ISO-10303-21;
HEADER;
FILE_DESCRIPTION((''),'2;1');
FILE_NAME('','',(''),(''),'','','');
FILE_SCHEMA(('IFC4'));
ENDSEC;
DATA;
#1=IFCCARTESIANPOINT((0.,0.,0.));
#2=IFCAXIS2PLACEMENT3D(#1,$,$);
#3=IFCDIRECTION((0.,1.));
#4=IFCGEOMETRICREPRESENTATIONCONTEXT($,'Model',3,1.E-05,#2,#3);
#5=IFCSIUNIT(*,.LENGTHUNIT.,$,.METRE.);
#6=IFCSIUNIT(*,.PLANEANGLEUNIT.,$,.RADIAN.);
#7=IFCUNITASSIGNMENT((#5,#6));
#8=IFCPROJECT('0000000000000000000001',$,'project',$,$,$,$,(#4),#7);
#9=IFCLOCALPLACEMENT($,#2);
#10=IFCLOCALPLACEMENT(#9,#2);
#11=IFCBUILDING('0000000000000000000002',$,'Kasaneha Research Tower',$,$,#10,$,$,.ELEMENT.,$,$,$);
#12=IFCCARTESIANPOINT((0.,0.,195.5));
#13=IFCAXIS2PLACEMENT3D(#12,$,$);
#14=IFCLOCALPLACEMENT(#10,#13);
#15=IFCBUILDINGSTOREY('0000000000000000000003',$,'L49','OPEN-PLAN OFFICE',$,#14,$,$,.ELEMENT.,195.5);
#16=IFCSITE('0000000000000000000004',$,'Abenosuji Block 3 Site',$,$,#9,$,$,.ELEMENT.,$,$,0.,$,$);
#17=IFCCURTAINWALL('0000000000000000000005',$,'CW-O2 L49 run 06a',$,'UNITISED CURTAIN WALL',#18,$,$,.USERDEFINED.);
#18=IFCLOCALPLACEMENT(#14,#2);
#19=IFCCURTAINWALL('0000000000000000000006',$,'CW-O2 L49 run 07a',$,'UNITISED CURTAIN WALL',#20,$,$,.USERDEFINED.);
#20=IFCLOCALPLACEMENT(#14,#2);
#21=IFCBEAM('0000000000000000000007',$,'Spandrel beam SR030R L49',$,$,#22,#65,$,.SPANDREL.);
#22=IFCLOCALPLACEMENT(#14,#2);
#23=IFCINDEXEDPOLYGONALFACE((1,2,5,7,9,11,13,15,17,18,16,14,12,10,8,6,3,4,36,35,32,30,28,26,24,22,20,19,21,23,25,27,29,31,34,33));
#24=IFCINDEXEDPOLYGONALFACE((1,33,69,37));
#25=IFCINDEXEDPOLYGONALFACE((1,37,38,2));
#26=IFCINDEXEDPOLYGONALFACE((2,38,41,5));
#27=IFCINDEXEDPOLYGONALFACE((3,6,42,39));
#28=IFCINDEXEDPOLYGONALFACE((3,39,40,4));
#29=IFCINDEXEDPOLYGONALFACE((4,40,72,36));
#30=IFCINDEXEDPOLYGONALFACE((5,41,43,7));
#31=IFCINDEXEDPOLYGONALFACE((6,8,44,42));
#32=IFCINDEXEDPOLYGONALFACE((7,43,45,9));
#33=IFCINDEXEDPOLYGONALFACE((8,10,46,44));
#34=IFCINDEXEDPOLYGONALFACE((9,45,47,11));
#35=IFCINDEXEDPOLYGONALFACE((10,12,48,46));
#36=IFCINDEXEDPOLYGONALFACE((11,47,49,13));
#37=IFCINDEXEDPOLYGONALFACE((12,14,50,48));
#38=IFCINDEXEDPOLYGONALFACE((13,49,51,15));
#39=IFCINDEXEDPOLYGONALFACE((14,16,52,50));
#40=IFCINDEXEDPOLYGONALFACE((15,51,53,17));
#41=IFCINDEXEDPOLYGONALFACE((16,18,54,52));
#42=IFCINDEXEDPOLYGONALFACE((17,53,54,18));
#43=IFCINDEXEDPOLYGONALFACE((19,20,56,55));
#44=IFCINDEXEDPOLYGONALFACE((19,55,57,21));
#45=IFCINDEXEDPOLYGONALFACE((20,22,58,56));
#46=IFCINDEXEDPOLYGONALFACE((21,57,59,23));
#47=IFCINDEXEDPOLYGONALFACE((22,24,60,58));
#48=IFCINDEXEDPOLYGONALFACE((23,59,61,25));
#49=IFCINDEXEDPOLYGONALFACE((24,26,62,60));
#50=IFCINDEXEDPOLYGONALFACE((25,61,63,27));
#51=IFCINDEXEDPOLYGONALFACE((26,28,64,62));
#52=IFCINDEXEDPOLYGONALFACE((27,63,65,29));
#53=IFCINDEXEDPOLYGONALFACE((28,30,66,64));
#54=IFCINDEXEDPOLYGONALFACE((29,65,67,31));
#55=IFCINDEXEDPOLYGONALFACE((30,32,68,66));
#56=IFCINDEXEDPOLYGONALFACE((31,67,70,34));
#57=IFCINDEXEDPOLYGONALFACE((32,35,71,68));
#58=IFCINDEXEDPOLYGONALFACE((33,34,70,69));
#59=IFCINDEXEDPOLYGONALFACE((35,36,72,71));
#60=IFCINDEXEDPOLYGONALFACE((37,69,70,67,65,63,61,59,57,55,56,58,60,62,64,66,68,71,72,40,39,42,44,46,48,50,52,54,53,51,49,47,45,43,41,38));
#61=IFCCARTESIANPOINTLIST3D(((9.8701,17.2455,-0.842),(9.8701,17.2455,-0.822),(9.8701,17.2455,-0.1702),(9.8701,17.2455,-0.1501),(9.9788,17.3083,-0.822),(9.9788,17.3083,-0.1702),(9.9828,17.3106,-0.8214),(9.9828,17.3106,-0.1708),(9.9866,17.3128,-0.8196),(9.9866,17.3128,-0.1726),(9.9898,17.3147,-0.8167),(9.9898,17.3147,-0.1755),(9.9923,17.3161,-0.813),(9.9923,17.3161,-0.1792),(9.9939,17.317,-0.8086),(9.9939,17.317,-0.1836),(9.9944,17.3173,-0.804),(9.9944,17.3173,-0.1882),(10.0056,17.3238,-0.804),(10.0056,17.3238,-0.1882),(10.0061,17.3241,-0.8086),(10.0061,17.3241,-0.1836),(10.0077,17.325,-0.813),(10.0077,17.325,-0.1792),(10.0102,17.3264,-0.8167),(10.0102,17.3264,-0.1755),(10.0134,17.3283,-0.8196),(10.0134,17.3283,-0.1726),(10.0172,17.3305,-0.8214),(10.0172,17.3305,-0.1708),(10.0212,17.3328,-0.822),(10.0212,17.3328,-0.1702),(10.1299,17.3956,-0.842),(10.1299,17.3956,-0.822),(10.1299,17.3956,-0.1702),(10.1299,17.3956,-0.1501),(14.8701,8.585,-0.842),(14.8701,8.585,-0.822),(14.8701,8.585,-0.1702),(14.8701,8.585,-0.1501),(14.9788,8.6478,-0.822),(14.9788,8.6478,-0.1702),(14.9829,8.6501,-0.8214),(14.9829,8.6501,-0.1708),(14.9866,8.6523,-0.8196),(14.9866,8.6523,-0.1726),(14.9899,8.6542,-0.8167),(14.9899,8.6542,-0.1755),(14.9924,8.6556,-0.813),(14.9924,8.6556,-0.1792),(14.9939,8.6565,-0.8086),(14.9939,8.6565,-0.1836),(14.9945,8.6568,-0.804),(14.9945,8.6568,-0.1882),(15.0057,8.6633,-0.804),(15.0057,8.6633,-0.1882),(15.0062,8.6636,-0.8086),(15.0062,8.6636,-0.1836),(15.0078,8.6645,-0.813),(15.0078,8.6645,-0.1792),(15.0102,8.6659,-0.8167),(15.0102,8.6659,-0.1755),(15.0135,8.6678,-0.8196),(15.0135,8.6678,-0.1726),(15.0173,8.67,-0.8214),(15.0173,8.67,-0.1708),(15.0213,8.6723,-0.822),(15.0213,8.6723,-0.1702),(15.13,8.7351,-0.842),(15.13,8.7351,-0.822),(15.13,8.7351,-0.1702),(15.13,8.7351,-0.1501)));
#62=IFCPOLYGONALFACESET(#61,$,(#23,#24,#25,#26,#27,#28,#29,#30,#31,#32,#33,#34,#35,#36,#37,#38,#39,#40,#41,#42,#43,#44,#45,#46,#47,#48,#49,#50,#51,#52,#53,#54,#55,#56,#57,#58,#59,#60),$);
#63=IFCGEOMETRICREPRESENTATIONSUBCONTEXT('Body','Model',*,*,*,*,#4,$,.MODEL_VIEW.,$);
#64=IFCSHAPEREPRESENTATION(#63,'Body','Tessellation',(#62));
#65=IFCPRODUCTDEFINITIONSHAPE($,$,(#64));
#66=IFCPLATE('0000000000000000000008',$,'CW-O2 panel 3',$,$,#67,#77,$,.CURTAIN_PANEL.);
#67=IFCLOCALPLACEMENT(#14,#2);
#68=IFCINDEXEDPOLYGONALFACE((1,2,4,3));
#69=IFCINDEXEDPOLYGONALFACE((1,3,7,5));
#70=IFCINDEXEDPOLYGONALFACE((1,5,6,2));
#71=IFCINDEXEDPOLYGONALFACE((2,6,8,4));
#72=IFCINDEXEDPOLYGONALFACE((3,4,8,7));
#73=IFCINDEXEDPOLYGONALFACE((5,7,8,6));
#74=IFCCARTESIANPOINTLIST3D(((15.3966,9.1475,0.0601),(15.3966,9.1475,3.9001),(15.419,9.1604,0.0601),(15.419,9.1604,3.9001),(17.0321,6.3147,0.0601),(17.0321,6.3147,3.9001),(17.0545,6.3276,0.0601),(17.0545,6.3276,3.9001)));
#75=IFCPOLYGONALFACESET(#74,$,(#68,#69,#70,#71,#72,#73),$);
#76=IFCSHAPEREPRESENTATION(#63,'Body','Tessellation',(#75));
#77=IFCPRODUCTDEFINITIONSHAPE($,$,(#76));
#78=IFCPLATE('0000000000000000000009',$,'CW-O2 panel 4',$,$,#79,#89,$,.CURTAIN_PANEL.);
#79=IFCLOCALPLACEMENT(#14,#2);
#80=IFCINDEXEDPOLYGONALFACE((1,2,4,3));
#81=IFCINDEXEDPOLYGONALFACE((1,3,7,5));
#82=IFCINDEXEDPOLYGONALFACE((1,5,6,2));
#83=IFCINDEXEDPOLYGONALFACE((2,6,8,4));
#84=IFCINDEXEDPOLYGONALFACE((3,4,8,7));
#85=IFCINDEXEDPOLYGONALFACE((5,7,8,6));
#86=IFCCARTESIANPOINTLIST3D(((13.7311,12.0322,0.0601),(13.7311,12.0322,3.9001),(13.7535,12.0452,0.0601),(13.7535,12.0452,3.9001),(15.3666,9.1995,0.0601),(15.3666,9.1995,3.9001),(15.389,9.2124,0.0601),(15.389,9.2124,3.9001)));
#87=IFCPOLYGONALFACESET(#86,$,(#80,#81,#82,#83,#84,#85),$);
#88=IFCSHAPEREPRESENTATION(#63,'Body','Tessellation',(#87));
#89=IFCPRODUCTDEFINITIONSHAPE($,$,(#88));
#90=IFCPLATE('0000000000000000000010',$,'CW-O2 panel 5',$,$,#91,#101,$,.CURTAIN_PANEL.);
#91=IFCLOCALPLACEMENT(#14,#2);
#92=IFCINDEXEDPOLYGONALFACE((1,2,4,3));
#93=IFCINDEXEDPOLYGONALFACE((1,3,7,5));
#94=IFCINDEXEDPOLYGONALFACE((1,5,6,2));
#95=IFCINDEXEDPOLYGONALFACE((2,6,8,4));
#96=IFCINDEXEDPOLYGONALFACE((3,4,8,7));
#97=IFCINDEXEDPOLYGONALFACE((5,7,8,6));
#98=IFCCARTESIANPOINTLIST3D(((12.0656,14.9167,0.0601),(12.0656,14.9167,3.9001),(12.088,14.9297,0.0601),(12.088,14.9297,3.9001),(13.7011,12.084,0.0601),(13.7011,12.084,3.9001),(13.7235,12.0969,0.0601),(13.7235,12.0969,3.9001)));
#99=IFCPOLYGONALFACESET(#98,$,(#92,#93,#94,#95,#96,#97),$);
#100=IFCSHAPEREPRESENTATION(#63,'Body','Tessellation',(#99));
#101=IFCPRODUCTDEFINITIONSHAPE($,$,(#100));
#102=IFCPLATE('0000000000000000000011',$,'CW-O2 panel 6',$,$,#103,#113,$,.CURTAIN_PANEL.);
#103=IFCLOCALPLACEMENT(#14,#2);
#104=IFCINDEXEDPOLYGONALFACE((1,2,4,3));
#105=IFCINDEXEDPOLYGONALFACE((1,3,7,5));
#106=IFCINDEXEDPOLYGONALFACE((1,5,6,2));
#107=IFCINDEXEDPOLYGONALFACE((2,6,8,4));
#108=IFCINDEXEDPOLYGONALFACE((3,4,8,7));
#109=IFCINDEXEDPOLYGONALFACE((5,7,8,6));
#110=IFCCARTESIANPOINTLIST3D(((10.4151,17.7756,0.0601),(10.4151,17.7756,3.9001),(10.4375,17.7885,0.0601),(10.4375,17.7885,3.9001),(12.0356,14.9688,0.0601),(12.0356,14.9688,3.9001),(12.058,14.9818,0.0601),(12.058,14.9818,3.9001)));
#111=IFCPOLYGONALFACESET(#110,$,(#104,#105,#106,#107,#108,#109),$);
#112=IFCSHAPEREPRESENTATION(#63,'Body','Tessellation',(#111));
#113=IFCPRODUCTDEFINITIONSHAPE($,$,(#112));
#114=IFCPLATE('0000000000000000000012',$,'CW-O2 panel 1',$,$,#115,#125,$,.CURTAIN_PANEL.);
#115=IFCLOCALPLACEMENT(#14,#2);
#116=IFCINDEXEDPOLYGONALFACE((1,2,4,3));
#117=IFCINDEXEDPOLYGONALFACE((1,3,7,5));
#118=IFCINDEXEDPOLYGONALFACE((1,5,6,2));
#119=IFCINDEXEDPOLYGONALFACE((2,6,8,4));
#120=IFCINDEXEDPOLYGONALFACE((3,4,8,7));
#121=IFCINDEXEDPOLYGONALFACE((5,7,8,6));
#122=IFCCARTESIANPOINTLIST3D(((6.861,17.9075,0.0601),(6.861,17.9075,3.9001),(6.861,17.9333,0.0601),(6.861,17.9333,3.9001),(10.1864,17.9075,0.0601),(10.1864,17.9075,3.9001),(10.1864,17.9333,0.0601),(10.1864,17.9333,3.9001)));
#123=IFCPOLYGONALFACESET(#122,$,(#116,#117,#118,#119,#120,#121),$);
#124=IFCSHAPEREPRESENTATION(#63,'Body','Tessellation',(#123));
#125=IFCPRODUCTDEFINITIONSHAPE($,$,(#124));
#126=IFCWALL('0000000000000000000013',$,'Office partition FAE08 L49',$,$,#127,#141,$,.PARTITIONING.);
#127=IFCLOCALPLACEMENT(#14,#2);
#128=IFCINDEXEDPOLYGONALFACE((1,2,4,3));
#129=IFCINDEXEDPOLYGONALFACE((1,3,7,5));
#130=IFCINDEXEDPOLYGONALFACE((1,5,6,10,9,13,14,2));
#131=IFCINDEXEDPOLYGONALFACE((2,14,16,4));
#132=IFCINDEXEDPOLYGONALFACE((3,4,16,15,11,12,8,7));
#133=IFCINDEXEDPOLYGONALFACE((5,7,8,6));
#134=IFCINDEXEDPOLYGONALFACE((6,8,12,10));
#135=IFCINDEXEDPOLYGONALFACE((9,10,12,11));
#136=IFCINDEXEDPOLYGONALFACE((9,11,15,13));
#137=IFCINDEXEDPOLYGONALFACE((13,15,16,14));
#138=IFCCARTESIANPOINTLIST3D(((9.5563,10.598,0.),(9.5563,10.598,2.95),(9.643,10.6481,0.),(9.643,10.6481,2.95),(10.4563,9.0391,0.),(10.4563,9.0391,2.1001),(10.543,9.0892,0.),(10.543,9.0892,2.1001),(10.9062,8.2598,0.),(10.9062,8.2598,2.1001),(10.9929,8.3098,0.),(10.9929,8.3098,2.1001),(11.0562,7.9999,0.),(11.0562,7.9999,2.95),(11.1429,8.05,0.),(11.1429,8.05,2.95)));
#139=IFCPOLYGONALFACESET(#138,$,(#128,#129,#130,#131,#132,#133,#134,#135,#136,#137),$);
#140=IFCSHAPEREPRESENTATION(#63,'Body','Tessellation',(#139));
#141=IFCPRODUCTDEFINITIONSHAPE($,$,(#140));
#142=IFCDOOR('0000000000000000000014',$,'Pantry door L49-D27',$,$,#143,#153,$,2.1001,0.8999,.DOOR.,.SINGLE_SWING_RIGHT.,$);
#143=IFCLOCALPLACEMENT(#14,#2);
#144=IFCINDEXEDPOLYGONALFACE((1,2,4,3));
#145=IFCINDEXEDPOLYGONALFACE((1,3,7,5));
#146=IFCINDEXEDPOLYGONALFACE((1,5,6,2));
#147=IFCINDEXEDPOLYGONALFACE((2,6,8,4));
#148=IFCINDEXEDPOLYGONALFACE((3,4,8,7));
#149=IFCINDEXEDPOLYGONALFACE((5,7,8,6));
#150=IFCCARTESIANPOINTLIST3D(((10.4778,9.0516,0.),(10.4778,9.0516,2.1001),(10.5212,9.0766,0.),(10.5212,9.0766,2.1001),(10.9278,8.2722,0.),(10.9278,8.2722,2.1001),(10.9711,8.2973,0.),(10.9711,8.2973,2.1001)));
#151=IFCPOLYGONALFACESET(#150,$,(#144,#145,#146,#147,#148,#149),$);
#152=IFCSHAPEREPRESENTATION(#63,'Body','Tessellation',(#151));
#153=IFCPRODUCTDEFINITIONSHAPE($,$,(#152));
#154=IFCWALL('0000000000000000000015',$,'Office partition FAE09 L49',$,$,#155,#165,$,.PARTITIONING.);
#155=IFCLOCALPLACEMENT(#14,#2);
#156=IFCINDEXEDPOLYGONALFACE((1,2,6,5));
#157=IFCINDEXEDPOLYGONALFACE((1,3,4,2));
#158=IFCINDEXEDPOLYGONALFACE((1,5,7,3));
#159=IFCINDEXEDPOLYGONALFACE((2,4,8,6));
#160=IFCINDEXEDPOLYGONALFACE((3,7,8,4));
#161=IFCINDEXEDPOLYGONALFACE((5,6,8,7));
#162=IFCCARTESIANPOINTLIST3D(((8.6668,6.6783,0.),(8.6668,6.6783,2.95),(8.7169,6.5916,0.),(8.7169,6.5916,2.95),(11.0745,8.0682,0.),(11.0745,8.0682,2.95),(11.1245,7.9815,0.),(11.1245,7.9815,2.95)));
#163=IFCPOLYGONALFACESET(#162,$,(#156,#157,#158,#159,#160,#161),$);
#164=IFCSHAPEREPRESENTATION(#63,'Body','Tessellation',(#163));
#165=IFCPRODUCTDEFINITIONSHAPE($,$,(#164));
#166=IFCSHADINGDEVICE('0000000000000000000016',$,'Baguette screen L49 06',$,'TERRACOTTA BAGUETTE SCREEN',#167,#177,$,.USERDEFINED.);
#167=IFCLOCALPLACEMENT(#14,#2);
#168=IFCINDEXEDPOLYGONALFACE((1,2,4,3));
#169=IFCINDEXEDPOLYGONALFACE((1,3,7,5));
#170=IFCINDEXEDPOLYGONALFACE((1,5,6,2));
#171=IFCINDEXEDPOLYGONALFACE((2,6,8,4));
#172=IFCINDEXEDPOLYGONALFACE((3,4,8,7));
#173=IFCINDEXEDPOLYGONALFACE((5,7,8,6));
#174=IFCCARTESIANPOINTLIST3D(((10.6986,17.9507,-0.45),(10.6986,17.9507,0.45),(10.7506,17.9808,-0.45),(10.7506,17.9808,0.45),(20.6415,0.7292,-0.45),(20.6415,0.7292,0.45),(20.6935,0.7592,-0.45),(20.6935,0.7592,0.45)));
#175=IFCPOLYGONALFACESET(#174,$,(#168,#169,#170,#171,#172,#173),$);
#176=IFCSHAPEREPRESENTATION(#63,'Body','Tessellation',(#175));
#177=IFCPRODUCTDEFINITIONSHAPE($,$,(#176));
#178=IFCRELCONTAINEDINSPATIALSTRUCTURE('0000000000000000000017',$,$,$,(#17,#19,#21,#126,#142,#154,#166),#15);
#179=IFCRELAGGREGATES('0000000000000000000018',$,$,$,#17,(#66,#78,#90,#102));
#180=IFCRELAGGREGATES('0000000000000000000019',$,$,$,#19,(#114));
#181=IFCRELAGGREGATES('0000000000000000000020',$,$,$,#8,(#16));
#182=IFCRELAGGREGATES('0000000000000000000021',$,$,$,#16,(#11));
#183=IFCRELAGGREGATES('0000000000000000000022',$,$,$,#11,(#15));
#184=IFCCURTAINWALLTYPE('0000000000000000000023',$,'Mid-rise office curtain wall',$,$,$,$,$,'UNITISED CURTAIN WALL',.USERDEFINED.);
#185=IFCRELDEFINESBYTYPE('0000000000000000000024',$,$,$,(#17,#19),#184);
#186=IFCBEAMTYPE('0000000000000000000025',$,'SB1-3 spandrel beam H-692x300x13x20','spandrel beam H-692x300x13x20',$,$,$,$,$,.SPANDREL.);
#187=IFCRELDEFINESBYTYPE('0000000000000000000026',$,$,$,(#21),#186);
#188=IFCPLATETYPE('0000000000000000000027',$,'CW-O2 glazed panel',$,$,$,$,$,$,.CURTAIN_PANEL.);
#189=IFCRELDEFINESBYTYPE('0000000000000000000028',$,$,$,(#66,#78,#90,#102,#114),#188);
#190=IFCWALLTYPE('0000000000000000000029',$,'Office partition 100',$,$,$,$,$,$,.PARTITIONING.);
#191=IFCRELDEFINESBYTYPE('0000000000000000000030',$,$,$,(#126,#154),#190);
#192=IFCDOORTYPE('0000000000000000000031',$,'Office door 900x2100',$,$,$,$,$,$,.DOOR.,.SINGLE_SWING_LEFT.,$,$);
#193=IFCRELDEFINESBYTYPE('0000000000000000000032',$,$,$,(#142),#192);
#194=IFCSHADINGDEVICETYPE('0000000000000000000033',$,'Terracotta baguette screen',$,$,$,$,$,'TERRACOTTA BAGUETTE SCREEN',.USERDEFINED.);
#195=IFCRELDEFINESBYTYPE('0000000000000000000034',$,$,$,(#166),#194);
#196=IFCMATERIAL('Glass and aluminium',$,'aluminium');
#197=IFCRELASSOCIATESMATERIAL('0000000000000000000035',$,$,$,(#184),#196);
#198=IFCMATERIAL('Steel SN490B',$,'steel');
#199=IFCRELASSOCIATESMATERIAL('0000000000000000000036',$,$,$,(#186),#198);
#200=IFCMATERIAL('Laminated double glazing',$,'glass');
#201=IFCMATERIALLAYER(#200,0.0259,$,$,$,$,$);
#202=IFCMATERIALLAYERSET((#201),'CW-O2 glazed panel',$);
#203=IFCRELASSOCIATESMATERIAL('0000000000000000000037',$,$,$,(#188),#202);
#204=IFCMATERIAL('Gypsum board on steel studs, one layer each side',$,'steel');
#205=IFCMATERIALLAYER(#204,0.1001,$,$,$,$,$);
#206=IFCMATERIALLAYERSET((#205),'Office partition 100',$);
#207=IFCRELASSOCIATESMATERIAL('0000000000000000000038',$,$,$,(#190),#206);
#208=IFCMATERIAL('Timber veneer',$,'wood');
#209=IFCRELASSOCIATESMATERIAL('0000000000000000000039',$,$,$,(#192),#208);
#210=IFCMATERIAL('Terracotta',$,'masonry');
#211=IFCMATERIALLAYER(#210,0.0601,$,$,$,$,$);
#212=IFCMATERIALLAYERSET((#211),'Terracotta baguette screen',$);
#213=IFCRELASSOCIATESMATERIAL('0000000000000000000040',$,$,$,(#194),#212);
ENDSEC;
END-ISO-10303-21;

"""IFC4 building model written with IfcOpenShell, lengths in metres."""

from ifc_helpers import new_model, si_unit, direction, frame, frame_2d, origin, origin_2d, place, context, subcontext, project, spatial, rectangle, i_section, extrude, material, layer, layer_set, material_profile, profile_set, type_object, element, fill, aggregate, save


model = new_model("IFC4")

# Units and contexts
model_context = context("Model", 3, precision=1e-05, world=origin(), true_north=direction((0.0, 1.0)))
body_context = subcontext(model_context, "Body", "Model", "MODEL_VIEW")
ifc_project = project(units=[si_unit("LENGTHUNIT", "METRE"), si_unit("PLANEANGLEUNIT", "RADIAN")], contexts=[model_context])

# Site, building, storey
site_placement = place(None, origin())
site = spatial("IfcSite", under=ifc_project, at=site_placement, Name="Abenosuji Block 3 Site", CompositionType="ELEMENT", RefElevation=0.0)
building_placement = place(site_placement, origin())
building = spatial("IfcBuilding", under=site, at=building_placement, Name="Kasaneha Research Tower", CompositionType="ELEMENT")
storey_placement = place(building_placement, frame((0.0, 0.0, 195.5)))
storey = spatial("IfcBuildingStorey", under=building, at=storey_placement, Name="L49", Description="OPEN-PLAN OFFICE", CompositionType="ELEMENT", Elevation=195.5)

# Curtain wall
ifc_material_1 = material(Name="Glass and aluminium", Category="aluminium")
curtain_wall_type = type_object("IfcCurtainWallType", Name="Mid-rise office curtain wall", ElementType="UNITISED CURTAIN WALL", PredefinedType="USERDEFINED", material=ifc_material_1)
curtain_wall_1_placement = place(storey_placement, origin())
curtain_wall_1 = element("IfcCurtainWall", 1, at=curtain_wall_1_placement, inside=storey, type_object=curtain_wall_type, Name="CW-O2 L49 run 06a", ObjectType="UNITISED CURTAIN WALL", PredefinedType="USERDEFINED")

# Curtain wall
curtain_wall_2_placement = place(storey_placement, origin())
curtain_wall_2 = element("IfcCurtainWall", 2, at=curtain_wall_2_placement, inside=storey, type_object=curtain_wall_type, Name="CW-O2 L49 run 07a", ObjectType="UNITISED CURTAIN WALL", PredefinedType="USERDEFINED")

# Beam
ifc_material_2 = material(Name="Steel SN490B", Category="steel")
ifc_material_profile_1 = material_profile(ifc_material_2, i_section(OverallWidth=0.3, OverallDepth=0.6919, WebThickness=0.0129, FlangeThickness=0.02, FilletRadius=0.0181, at=origin_2d()), Name="H-692x300x13x20")
ifc_profile_set_1 = profile_set([ifc_material_profile_1], Name="Steel SN490B")
beam_type_1 = type_object("IfcBeamType", Name="SB1-3 spandrel beam H-692x300x13x20", Description="spandrel beam H-692x300x13x20", PredefinedType="SPANDREL", material=ifc_profile_set_1)
beam_1_placement = place(storey_placement, frame((10.0, 17.3206, -0.4961), z_axis=(0.499994, -0.866029, 0.0), x_axis=(0.866029, 0.499994, 0.0)))
element("IfcBeam", 3, at=beam_1_placement, inside=storey, type_object=beam_type_1, Name="Spandrel beam SR030R L49", PredefinedType="SPANDREL", context=body_context, shape_type="SweptSolid", body=[
    extrude(i_section(OverallWidth=0.3, OverallDepth=0.6919, WebThickness=0.0129, FlangeThickness=0.02, FilletRadius=0.0181, at=origin_2d()), origin(), (0.0, 0.0, 1.0), 10.0002),
])

# Plates
ifc_material_3 = material(Name="Laminated double glazing", Category="glass")
ifc_layer_1 = layer(ifc_material_3, 0.0259)
ifc_layer_set_1 = layer_set([ifc_layer_1], Name="CW-O2 glazed panel")
plate_type = type_object("IfcPlateType", Name="CW-O2 glazed panel", PredefinedType="CURTAIN_PANEL", material=ifc_layer_set_1)
plate_1_placement = place(storey_placement, frame((16.2256, 7.7375, 0.0601), z_axis=(0.0, 0.0, 1.0), x_axis=(-0.5, 0.866025, 0.0)))
plate_1 = element("IfcPlate", 4, at=plate_1_placement, type_object=plate_type, Name="CW-O2 panel 3", PredefinedType="CURTAIN_PANEL", context=body_context, shape_type="SweptSolid", body=[
    extrude(rectangle(XDim=3.271, YDim=0.0259, at=origin_2d()), origin(), (0.0, 0.0, 1.0), 3.8401),
])
plate_2_placement = place(storey_placement, frame((14.5601, 10.6223, 0.0601), z_axis=(0.0, 0.0, 1.0), x_axis=(-0.5, 0.866025, 0.0)))
plate_2 = element("IfcPlate", 5, at=plate_2_placement, type_object=plate_type, Name="CW-O2 panel 4", PredefinedType="CURTAIN_PANEL", context=body_context, shape_type="SweptSolid", body=[
    extrude(rectangle(XDim=3.271, YDim=0.0259, at=origin_2d()), origin(), (0.0, 0.0, 1.0), 3.8401),
])
plate_3_placement = place(storey_placement, frame((12.8945, 13.5068, 0.0601), z_axis=(0.0, 0.0, 1.0), x_axis=(-0.5, 0.866025, 0.0)))
plate_3 = element("IfcPlate", 6, at=plate_3_placement, type_object=plate_type, Name="CW-O2 panel 5", PredefinedType="CURTAIN_PANEL", context=body_context, shape_type="SweptSolid", body=[
    extrude(rectangle(XDim=3.271, YDim=0.0259, at=origin_2d()), origin(), (0.0, 0.0, 1.0), 3.8401),
])
plate_4_placement = place(storey_placement, frame((11.2366, 16.3787, 0.0601), z_axis=(0.0, 0.0, 1.0), x_axis=(-0.5, 0.866025, 0.0)))
plate_4 = element("IfcPlate", 7, at=plate_4_placement, type_object=plate_type, Name="CW-O2 panel 6", PredefinedType="CURTAIN_PANEL", context=body_context, shape_type="SweptSolid", body=[
    extrude(rectangle(XDim=3.241, YDim=0.0259, at=origin_2d()), origin(), (0.0, 0.0, 1.0), 3.8401),
])
aggregate(curtain_wall_1, [plate_1, plate_2, plate_3, plate_4])
plate_5_placement = place(storey_placement, frame((8.5237, 17.9204, 0.0601), z_axis=(0.0, 0.0, 1.0), x_axis=(-1.0, 0.0, 0.0)))
plate_5 = element("IfcPlate", 8, at=plate_5_placement, type_object=plate_type, Name="CW-O2 panel 1", PredefinedType="CURTAIN_PANEL", context=body_context, shape_type="SweptSolid", body=[
    extrude(rectangle(XDim=3.3254, YDim=0.0259, at=origin_2d()), origin(), (0.0, 0.0, 1.0), 3.8401),
])
aggregate(curtain_wall_2, [plate_5])

# Wall, opening, door
ifc_material_4 = material(Name="Gypsum board on steel studs, one layer each side", Category="steel")
ifc_layer_2 = layer(ifc_material_4, 0.1001)
ifc_layer_set_2 = layer_set([ifc_layer_2], Name="Office partition 100")
wall_type = type_object("IfcWallType", Name="Office partition 100", PredefinedType="PARTITIONING", material=ifc_layer_set_2)
wall_1_placement = place(storey_placement, frame((9.5996, 10.623, 0.0), z_axis=(0.0, 0.0, 1.0), x_axis=(0.49999, -0.866031, 0.0)))
wall_1 = element("IfcWall", 9, at=wall_1_placement, inside=storey, type_object=wall_type, Name="Office partition FAE08 L49", PredefinedType="PARTITIONING", context=body_context, shape_type="SweptSolid", body=[
    extrude(rectangle(XDim=3.0, YDim=0.1001, at=frame_2d((1.5, 0.0))), origin(), (0.0, 0.0, 1.0), 2.95),
])
opening_placement = place(wall_1_placement, frame((1.8, 0.0, 0.0)))
opening = element("IfcOpeningElement", 10, at=opening_placement, cuts=wall_1, PredefinedType="OPENING", context=body_context, shape_type="SweptSolid", body=[
    extrude(rectangle(XDim=0.8999, YDim=2.1001, at=frame_2d((0.45, 1.05))), frame((0.0, 0.0601, 0.0), z_axis=(0.0, -1.0, 0.0), x_axis=(1.0, 0.0, 0.0)), (0.0, 0.0, 1.0), 0.1201),
])
ifc_material_5 = material(Name="Timber veneer", Category="wood")
door_type = type_object("IfcDoorType", Name="Office door 900x2100", OperationType="SINGLE_SWING_LEFT", PredefinedType="DOOR", material=ifc_material_5)
door_placement = place(opening_placement, origin())
door = element("IfcDoor", 11, at=door_placement, inside=storey, type_object=door_type, Name="Pantry door L49-D27", OperationType="SINGLE_SWING_RIGHT", OverallHeight=2.1001, OverallWidth=0.8999, PredefinedType="DOOR", context=body_context, shape_type="SweptSolid", body=[
    extrude(rectangle(XDim=0.8999, YDim=2.1001, at=frame_2d((0.45, 1.05))), frame((0.0, 0.0249, 0.0), z_axis=(0.0, -1.0, 0.0), x_axis=(1.0, 0.0, 0.0)), (0.0, 0.0, 1.0), 0.05),
])
fill(opening, door)

# Wall
wall_2_placement = place(storey_placement, frame((11.0996, 8.0249, 0.0), z_axis=(0.0, 0.0, 1.0), x_axis=(-0.866057, -0.499945, 0.0)))
element("IfcWall", 12, at=wall_2_placement, inside=storey, type_object=wall_type, Name="Office partition FAE09 L49", PredefinedType="PARTITIONING", context=body_context, shape_type="SweptSolid", body=[
    extrude(rectangle(XDim=2.78, YDim=0.1001, at=frame_2d((1.3901, 0.0))), origin(), (0.0, 0.0, 1.0), 2.95),
])

# Shading device
ifc_material_6 = material(Name="Terracotta", Category="masonry")
ifc_layer_3 = layer(ifc_material_6, 0.0601)
ifc_layer_set_3 = layer_set([ifc_layer_3], Name="Terracotta baguette screen")
shading_device_type = type_object("IfcShadingDeviceType", Name="Terracotta baguette screen", ElementType="TERRACOTTA BAGUETTE SCREEN", PredefinedType="USERDEFINED", material=ifc_layer_set_3)
shading_device_placement = place(storey_placement, frame((15.696, 9.355, -0.45), z_axis=(0.0, 0.0, 1.0), x_axis=(-0.5, 0.866025, 0.0)))
element("IfcShadingDevice", 13, at=shading_device_placement, inside=storey, type_object=shading_device_type, Name="Baguette screen L49 06", ObjectType="TERRACOTTA BAGUETTE SCREEN", PredefinedType="USERDEFINED", context=body_context, shape_type="SweptSolid", body=[
    extrude(rectangle(XDim=19.8857, YDim=0.0601, at=origin_2d()), origin(), (0.0, 0.0, 1.0), 0.8999),
])

save(model, "model.ifc")
